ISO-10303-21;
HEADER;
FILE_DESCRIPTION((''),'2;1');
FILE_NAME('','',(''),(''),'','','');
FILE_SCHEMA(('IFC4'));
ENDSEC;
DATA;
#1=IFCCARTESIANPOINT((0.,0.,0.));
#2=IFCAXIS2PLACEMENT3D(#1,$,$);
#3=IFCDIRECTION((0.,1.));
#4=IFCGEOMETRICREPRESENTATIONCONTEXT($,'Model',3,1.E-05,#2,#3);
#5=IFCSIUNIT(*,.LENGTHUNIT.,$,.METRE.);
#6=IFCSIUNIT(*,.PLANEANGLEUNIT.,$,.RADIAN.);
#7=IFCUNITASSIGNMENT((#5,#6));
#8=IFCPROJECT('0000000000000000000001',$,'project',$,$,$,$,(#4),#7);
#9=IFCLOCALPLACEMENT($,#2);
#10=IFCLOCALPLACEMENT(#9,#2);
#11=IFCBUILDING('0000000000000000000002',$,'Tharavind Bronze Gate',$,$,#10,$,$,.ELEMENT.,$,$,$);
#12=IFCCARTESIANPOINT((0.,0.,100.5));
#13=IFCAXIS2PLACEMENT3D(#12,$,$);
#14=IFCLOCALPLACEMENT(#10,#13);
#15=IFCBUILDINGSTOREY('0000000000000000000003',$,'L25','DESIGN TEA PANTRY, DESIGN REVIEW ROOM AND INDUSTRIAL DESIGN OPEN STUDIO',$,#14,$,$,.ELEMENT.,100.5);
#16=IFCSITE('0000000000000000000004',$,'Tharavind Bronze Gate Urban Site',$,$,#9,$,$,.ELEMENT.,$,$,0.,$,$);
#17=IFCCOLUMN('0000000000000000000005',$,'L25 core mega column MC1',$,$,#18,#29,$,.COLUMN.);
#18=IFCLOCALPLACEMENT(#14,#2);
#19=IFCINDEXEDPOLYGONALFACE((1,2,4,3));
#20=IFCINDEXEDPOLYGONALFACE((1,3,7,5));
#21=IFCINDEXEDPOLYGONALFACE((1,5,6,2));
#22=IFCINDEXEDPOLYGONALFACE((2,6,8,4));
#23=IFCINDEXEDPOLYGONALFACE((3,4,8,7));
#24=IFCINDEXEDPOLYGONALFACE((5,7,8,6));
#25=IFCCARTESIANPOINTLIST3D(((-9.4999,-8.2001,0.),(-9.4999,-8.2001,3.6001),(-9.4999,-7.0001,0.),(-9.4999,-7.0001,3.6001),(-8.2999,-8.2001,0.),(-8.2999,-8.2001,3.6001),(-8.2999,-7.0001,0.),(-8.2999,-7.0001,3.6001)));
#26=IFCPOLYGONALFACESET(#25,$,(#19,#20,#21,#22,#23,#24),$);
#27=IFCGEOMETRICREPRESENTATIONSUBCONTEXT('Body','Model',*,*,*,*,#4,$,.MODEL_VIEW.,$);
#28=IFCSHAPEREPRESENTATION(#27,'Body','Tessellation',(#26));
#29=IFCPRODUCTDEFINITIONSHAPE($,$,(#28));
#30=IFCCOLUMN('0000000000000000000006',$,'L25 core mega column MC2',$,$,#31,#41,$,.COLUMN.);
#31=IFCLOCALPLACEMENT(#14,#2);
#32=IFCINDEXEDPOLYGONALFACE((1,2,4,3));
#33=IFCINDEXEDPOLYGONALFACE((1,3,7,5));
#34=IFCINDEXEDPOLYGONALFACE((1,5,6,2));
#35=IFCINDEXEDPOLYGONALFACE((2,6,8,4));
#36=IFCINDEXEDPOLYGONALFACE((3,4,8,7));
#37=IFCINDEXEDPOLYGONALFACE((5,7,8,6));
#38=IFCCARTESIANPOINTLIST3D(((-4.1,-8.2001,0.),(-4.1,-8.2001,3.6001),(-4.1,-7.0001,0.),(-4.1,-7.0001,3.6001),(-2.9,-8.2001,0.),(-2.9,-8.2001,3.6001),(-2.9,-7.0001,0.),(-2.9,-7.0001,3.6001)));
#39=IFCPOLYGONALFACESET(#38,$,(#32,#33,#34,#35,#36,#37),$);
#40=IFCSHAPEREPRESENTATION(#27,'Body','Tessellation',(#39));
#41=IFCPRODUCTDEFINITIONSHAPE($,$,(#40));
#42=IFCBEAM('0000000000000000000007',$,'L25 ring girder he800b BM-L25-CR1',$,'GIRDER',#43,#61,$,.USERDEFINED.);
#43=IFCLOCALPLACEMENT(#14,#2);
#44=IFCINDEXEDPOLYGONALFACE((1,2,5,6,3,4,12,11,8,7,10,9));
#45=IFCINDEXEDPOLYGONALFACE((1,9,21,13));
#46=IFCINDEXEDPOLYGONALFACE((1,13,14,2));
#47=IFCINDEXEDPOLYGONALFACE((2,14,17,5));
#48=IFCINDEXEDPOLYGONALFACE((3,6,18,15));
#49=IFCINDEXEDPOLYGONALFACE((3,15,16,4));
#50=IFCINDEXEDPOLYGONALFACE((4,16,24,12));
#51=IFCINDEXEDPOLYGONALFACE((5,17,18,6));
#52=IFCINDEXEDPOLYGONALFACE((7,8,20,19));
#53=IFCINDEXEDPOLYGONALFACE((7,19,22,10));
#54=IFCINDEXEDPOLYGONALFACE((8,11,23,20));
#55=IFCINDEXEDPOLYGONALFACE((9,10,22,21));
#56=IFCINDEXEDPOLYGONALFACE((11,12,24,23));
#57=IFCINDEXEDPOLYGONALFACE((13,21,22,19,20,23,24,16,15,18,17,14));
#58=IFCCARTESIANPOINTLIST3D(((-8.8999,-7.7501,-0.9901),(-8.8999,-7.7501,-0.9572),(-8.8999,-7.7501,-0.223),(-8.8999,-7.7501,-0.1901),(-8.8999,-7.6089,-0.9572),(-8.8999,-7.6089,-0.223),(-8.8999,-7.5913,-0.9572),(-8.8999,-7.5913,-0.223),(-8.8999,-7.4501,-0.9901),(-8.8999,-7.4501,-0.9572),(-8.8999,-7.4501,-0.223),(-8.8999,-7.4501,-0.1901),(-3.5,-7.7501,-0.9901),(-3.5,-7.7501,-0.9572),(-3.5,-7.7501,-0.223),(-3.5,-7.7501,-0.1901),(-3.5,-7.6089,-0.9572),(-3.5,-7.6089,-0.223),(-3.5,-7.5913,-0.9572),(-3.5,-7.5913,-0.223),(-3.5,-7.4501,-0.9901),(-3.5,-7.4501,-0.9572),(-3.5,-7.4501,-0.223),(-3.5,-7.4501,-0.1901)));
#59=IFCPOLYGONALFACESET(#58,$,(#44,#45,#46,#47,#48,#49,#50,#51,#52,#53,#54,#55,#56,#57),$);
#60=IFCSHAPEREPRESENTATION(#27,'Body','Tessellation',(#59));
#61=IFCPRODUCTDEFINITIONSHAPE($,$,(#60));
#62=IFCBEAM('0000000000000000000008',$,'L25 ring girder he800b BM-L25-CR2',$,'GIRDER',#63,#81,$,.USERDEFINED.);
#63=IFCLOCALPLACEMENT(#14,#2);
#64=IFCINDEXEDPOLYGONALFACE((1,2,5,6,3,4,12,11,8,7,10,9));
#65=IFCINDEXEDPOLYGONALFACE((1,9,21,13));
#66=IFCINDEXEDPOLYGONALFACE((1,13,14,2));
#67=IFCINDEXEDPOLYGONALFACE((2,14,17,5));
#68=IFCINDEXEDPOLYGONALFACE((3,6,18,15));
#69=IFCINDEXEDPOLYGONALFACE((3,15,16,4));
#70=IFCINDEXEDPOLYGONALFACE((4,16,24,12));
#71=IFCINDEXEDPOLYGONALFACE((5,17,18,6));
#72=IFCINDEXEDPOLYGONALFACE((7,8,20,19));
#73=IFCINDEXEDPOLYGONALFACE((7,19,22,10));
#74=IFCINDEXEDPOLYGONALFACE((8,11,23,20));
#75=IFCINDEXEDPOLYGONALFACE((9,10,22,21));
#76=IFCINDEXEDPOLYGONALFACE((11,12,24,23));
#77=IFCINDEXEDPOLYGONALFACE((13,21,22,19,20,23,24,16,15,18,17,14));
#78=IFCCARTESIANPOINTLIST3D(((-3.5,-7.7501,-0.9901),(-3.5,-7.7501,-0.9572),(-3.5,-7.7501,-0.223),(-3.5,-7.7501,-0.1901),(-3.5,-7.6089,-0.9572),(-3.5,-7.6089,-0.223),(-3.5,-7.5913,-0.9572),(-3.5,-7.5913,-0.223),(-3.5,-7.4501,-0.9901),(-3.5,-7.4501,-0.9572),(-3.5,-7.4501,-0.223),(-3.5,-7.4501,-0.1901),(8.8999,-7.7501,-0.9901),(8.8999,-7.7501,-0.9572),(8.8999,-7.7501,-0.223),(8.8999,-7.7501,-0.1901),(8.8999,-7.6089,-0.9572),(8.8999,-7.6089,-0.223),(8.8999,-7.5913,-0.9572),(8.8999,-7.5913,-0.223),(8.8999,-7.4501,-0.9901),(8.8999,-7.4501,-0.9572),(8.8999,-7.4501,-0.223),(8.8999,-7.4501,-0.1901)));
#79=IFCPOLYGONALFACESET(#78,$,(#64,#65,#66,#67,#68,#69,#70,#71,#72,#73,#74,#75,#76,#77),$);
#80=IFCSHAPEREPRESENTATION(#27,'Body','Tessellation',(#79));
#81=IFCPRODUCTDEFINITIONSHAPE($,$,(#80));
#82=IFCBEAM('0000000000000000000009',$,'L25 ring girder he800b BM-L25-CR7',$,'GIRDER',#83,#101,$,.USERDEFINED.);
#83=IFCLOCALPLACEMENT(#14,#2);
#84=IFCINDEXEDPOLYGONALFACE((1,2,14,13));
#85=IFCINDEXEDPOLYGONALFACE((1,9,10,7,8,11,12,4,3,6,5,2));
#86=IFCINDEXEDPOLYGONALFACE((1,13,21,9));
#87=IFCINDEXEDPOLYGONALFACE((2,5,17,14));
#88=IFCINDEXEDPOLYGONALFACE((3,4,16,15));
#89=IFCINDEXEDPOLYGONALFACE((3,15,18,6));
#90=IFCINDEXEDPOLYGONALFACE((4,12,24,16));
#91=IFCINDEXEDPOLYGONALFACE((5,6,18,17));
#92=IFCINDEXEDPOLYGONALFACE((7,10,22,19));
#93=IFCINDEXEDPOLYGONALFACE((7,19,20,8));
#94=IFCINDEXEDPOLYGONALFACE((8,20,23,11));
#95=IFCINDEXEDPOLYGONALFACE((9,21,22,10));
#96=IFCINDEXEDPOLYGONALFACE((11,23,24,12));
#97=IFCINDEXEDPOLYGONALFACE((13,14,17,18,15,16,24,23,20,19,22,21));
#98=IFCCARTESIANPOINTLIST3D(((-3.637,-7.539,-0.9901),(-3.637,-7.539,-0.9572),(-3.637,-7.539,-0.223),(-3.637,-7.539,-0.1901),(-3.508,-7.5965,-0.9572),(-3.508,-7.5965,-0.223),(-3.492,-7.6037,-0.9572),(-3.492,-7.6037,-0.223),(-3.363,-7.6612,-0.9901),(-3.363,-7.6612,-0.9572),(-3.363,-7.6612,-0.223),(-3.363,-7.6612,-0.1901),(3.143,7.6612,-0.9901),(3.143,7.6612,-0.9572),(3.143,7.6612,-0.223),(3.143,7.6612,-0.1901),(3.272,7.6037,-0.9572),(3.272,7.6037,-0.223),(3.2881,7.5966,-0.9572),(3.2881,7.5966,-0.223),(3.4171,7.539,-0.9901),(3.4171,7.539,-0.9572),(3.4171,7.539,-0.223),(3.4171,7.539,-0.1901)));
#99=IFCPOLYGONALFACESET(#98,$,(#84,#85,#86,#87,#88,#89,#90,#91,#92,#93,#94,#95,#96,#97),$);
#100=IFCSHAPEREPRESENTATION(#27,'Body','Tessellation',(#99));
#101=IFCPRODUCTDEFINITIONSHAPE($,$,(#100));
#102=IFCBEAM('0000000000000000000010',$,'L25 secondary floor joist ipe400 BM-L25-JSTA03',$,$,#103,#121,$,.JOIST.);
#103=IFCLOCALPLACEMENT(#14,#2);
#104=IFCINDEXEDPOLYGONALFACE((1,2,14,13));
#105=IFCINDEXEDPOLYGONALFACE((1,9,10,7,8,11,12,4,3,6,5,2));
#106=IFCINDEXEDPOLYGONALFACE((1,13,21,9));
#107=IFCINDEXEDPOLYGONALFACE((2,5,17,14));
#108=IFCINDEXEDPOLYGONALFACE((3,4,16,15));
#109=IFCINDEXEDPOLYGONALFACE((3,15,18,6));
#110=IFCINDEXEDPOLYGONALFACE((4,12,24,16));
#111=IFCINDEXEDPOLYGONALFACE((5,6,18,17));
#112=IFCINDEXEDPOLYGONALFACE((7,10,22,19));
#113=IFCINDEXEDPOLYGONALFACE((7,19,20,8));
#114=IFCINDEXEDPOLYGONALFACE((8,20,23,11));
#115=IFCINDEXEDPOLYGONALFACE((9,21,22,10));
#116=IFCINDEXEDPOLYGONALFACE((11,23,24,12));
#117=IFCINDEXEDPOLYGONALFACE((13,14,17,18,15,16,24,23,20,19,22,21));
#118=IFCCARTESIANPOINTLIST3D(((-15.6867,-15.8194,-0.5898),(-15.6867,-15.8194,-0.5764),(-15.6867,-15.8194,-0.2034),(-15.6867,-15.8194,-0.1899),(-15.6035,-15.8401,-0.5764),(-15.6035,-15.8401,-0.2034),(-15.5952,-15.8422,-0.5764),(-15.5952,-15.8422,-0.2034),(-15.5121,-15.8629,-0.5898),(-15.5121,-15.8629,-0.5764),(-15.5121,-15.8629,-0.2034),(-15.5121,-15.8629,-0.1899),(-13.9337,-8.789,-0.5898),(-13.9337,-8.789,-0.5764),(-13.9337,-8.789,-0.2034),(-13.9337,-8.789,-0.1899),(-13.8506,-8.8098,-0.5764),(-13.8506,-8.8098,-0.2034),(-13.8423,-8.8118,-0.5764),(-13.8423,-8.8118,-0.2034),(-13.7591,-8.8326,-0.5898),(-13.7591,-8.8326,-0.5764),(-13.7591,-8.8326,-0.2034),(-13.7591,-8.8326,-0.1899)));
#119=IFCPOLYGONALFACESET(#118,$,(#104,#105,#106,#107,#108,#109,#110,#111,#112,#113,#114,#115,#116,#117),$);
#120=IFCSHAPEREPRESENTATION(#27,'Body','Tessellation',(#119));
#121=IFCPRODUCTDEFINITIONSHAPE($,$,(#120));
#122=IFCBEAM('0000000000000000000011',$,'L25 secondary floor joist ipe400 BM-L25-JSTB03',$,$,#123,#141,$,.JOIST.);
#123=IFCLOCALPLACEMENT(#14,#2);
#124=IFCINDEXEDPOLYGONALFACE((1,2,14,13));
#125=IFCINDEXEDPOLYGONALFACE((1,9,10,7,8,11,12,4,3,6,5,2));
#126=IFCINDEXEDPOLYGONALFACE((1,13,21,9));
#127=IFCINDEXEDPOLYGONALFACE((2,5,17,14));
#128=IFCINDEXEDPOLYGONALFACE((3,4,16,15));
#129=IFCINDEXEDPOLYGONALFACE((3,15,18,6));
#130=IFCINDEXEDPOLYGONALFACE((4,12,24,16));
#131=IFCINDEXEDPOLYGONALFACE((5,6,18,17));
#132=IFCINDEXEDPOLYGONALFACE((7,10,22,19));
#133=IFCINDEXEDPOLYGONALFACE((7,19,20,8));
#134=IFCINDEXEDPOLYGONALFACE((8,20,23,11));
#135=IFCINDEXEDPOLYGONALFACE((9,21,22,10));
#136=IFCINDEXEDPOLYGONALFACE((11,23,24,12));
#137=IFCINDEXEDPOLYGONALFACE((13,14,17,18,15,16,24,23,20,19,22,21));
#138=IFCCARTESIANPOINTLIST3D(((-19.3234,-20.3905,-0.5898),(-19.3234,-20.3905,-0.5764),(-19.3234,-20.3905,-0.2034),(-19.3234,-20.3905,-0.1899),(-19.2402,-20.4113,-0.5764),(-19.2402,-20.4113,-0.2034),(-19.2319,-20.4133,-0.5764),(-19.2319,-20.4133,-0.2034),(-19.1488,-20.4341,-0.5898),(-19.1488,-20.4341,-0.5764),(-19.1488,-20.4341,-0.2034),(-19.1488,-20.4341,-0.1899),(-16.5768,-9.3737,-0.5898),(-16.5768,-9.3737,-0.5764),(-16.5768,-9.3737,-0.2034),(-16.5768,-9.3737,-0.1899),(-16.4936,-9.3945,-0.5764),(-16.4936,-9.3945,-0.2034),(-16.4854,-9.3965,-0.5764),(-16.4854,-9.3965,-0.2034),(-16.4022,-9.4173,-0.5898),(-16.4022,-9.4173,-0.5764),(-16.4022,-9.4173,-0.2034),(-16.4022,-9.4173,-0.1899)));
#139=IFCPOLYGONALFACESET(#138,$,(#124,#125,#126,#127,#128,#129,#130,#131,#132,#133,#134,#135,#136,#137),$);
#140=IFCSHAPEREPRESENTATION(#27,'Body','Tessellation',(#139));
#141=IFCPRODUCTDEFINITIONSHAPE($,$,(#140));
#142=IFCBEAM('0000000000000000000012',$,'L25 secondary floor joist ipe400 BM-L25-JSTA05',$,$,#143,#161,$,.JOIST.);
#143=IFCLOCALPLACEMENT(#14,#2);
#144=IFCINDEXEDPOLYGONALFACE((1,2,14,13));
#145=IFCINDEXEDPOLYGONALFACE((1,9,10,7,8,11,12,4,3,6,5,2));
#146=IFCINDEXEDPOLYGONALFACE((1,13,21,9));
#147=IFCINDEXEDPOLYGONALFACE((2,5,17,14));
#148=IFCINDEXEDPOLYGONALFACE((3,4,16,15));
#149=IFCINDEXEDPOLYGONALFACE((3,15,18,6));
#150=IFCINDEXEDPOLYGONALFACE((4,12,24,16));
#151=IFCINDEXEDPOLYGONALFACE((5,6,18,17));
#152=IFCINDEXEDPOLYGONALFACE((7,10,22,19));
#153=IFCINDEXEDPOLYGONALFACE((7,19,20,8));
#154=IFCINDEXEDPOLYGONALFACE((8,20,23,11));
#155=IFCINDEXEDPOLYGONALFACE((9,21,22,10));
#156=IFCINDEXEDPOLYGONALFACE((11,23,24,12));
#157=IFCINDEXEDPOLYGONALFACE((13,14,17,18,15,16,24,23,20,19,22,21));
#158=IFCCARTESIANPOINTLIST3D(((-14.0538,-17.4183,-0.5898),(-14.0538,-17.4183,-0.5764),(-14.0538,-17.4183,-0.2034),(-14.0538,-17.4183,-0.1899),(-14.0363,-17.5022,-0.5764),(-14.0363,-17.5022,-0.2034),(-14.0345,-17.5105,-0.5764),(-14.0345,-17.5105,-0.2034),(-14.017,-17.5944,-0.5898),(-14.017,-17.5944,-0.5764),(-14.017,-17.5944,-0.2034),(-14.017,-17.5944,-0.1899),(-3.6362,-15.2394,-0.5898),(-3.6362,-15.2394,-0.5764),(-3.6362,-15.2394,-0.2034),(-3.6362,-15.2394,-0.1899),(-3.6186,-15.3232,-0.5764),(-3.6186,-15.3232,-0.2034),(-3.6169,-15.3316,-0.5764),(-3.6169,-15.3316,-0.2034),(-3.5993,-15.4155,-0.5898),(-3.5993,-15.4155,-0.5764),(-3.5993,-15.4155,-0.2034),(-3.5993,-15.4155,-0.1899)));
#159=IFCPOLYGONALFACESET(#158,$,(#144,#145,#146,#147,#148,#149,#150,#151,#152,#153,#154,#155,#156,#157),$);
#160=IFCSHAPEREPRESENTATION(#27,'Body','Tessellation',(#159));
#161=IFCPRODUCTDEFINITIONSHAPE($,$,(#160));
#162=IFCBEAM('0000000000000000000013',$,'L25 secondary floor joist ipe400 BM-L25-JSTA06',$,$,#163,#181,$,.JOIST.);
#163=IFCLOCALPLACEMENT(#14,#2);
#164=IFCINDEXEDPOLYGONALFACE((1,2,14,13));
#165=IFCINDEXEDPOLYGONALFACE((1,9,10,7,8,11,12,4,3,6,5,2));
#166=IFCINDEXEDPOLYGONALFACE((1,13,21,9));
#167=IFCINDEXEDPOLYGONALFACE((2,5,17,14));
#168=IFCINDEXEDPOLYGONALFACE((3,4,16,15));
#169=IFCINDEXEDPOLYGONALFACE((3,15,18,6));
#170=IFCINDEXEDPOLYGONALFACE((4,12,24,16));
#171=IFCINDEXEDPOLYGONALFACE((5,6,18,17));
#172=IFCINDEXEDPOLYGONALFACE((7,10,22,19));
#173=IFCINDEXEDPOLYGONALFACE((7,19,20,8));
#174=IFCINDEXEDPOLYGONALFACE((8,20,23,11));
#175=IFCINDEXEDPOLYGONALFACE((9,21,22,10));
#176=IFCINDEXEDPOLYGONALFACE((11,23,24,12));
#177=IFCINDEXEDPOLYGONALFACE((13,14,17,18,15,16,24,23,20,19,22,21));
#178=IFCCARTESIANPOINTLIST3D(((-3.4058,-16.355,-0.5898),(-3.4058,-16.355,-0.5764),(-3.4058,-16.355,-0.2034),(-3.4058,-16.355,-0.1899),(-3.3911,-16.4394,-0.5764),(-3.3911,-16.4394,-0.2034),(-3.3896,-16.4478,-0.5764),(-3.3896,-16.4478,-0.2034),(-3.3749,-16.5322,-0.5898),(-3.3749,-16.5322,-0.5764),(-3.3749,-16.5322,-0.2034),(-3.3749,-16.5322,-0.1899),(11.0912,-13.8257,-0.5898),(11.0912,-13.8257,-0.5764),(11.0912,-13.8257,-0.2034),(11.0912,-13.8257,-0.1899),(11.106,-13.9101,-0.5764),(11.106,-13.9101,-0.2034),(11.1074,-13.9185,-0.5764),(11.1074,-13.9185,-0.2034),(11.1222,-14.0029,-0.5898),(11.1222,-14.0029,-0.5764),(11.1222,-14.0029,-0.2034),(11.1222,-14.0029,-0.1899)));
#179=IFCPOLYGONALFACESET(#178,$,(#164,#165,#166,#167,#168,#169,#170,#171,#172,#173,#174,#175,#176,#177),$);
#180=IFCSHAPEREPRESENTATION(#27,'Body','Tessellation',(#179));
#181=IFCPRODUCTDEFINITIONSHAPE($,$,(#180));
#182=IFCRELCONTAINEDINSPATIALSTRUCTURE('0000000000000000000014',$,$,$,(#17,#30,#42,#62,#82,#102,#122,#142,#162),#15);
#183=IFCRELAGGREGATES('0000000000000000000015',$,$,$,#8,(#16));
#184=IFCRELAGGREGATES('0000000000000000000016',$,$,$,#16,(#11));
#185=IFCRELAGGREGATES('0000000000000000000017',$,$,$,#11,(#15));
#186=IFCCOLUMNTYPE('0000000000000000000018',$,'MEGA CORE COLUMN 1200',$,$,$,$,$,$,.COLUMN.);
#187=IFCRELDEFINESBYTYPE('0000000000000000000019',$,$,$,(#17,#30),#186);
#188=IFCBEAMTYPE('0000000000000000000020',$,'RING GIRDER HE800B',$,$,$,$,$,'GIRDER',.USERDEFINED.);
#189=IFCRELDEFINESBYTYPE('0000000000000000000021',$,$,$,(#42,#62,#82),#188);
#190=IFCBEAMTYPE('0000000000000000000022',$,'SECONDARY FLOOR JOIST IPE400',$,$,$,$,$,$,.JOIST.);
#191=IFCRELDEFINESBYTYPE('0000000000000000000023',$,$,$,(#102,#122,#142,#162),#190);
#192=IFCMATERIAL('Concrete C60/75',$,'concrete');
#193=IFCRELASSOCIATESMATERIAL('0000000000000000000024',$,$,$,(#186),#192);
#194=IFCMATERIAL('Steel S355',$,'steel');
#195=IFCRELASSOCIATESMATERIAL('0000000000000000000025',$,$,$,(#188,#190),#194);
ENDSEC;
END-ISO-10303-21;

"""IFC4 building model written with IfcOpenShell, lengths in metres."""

from ifc_helpers import new_model, si_unit, direction, frame, origin, origin_2d, place, context, subcontext, project, spatial, rectangle, i_section, extrude, material, material_profile, profile_set, type_object, element, save


model = new_model("IFC4")

# Units and contexts
model_context = context("Model", 3, precision=1e-05, world=origin(), true_north=direction((0.0, 1.0)))
body_context = subcontext(model_context, "Body", "Model", "MODEL_VIEW")
ifc_project = project(units=[si_unit("LENGTHUNIT", "METRE"), si_unit("PLANEANGLEUNIT", "RADIAN")], contexts=[model_context])

# Site, building, storey
site_placement = place(None, origin())
site = spatial("IfcSite", under=ifc_project, at=site_placement, Name="Tharavind Bronze Gate Urban Site", CompositionType="ELEMENT", RefElevation=0.0)
building_placement = place(site_placement, origin())
building = spatial("IfcBuilding", under=site, at=building_placement, Name="Tharavind Bronze Gate", CompositionType="ELEMENT")
storey_placement = place(building_placement, frame((0.0, 0.0, 100.5)))
storey = spatial("IfcBuildingStorey", under=building, at=storey_placement, Name="L25", Description="DESIGN TEA PANTRY, DESIGN REVIEW ROOM AND INDUSTRIAL DESIGN OPEN STUDIO", CompositionType="ELEMENT", Elevation=100.5)

# Columns
ifc_material_1 = material(Name="Concrete C60/75", Category="concrete")
ifc_material_profile_1 = material_profile(ifc_material_1, rectangle(XDim=1.2, YDim=1.2, at=origin_2d()), Name="RCCOL1200")
ifc_profile_set_1 = profile_set([ifc_material_profile_1], Name="Concrete C60/75")
column_type = type_object("IfcColumnType", Name="MEGA CORE COLUMN 1200", PredefinedType="COLUMN", material=ifc_profile_set_1)
for number, where, z_axis, x_axis, name in (
    (1, (-8.8999, -7.6001, 0.0), (0.0, 0.0, 1.0), (1.0, 0.0, 0.0), "L25 core mega column MC1"),
    (2, (-3.5, -7.6001, 0.0), (0.0, 0.0, 1.0), (1.0, 0.0, 0.0), "L25 core mega column MC2"),
):
    element("IfcColumn", number, at=place(storey_placement, frame(where, z_axis=z_axis, x_axis=x_axis)), inside=storey, type_object=column_type, Name=name, PredefinedType="COLUMN", context=body_context, shape_type="SweptSolid", body=[
        extrude(rectangle(XDim=1.2, YDim=1.2, at=origin_2d()), origin(), (0.0, 0.0, 1.0), 3.6001),
    ])

# Beams
ifc_material_2 = material(Name="Steel S355", Category="steel")
ifc_material_profile_2 = material_profile(ifc_material_2, i_section(OverallWidth=0.3, OverallDepth=0.8, WebThickness=0.0176, FlangeThickness=0.033, at=origin_2d()), Name="HE800B")
ifc_profile_set_2 = profile_set([ifc_material_profile_2], Name="Steel S355")
beam_type_1 = type_object("IfcBeamType", Name="RING GIRDER HE800B", ElementType="GIRDER", PredefinedType="USERDEFINED", material=ifc_profile_set_2)
beam_1_placement = place(storey_placement, frame((-8.8999, -7.6001, -0.5901), z_axis=(1.0, 0.0, 0.0), x_axis=(0.0, 1.0, 0.0)))
element("IfcBeam", 3, at=beam_1_placement, inside=storey, type_object=beam_type_1, Name="L25 ring girder he800b BM-L25-CR1", ObjectType="GIRDER", PredefinedType="USERDEFINED", context=body_context, shape_type="SweptSolid", body=[
    extrude(i_section(OverallWidth=0.3, OverallDepth=0.8, WebThickness=0.0176, FlangeThickness=0.033, at=origin_2d()), origin(), (0.0, 0.0, 1.0), 5.3999),
])
beam_2_placement = place(storey_placement, frame((-3.5, -7.6001, -0.5901), z_axis=(1.0, 0.0, 0.0), x_axis=(0.0, 1.0, 0.0)))
element("IfcBeam", 4, at=beam_2_placement, inside=storey, type_object=beam_type_1, Name="L25 ring girder he800b BM-L25-CR2", ObjectType="GIRDER", PredefinedType="USERDEFINED", context=body_context, shape_type="SweptSolid", body=[
    extrude(i_section(OverallWidth=0.3, OverallDepth=0.8, WebThickness=0.0176, FlangeThickness=0.033, at=origin_2d()), origin(), (0.0, 0.0, 1.0), 12.3999),
])
beam_3_placement = place(storey_placement, frame((-3.5, -7.6001, -0.5901), z_axis=(0.407362, 0.913267, 0.0), x_axis=(-0.913267, 0.407362, 0.0)))
element("IfcBeam", 5, at=beam_3_placement, inside=storey, type_object=beam_type_1, Name="L25 ring girder he800b BM-L25-CR7", ObjectType="GIRDER", PredefinedType="USERDEFINED", context=body_context, shape_type="SweptSolid", body=[
    extrude(i_section(OverallWidth=0.3, OverallDepth=0.8, WebThickness=0.0176, FlangeThickness=0.033, at=origin_2d()), origin(), (0.0, 0.0, 1.0), 16.6438),
])
ifc_material_profile_3 = material_profile(ifc_material_2, i_section(OverallWidth=0.1799, OverallDepth=0.3999, WebThickness=0.0085, FlangeThickness=0.0134, at=origin_2d()), Name="IPE400")
ifc_profile_set_3 = profile_set([ifc_material_profile_3], Name="Steel S355")
beam_type_2 = type_object("IfcBeamType", Name="SECONDARY FLOOR JOIST IPE400", PredefinedType="JOIST", material=ifc_profile_set_3)
beam_4_placement = place(storey_placement, frame((-13.8464, -8.8108, -0.3899), z_axis=(-0.241933, -0.970293, 0.0), x_axis=(0.970293, -0.241933, 0.0)))
element("IfcBeam", 6, at=beam_4_placement, inside=storey, type_object=beam_type_2, Name="L25 secondary floor joist ipe400 BM-L25-JSTA03", PredefinedType="JOIST", context=body_context, shape_type="SweptSolid", body=[
    extrude(i_section(OverallWidth=0.1799, OverallDepth=0.3999, WebThickness=0.0085, FlangeThickness=0.0134, at=origin_2d()), origin(), (0.0, 0.0, 1.0), 7.2456),
])
beam_5_placement = place(storey_placement, frame((-16.4895, -9.3955, -0.3899), z_axis=(-0.241903, -0.9703, 0.0), x_axis=(0.9703, -0.241903, 0.0)))
element("IfcBeam", 7, at=beam_5_placement, inside=storey, type_object=beam_type_2, Name="L25 secondary floor joist ipe400 BM-L25-JSTB03", PredefinedType="JOIST", context=body_context, shape_type="SweptSolid", body=[
    extrude(i_section(OverallWidth=0.1799, OverallDepth=0.3999, WebThickness=0.0085, FlangeThickness=0.0134, at=origin_2d()), origin(), (0.0, 0.0, 1.0), 11.354),
])
beam_6_placement = place(storey_placement, frame((-14.0354, -17.5063, -0.3899), z_axis=(0.978819, 0.204728, 0.0), x_axis=(-0.204728, 0.978819, 0.0)))
element("IfcBeam", 8, at=beam_6_placement, inside=storey, type_object=beam_type_2, Name="L25 secondary floor joist ipe400 BM-L25-JSTA05", PredefinedType="JOIST", context=body_context, shape_type="SweptSolid", body=[
    extrude(i_section(OverallWidth=0.1799, OverallDepth=0.3999, WebThickness=0.0085, FlangeThickness=0.0134, at=origin_2d()), origin(), (0.0, 0.0, 1.0), 10.6431),
])
beam_7_placement = place(storey_placement, frame((-3.3904, -16.4436, -0.3899), z_axis=(0.985119, 0.171873, 0.0), x_axis=(-0.171873, 0.985119, 0.0)))
element("IfcBeam", 9, at=beam_7_placement, inside=storey, type_object=beam_type_2, Name="L25 secondary floor joist ipe400 BM-L25-JSTA06", PredefinedType="JOIST", context=body_context, shape_type="SweptSolid", body=[
    extrude(i_section(OverallWidth=0.1799, OverallDepth=0.3999, WebThickness=0.0085, FlangeThickness=0.0134, at=origin_2d()), origin(), (0.0, 0.0, 1.0), 14.7161),
])

save(model, "model.ifc")
